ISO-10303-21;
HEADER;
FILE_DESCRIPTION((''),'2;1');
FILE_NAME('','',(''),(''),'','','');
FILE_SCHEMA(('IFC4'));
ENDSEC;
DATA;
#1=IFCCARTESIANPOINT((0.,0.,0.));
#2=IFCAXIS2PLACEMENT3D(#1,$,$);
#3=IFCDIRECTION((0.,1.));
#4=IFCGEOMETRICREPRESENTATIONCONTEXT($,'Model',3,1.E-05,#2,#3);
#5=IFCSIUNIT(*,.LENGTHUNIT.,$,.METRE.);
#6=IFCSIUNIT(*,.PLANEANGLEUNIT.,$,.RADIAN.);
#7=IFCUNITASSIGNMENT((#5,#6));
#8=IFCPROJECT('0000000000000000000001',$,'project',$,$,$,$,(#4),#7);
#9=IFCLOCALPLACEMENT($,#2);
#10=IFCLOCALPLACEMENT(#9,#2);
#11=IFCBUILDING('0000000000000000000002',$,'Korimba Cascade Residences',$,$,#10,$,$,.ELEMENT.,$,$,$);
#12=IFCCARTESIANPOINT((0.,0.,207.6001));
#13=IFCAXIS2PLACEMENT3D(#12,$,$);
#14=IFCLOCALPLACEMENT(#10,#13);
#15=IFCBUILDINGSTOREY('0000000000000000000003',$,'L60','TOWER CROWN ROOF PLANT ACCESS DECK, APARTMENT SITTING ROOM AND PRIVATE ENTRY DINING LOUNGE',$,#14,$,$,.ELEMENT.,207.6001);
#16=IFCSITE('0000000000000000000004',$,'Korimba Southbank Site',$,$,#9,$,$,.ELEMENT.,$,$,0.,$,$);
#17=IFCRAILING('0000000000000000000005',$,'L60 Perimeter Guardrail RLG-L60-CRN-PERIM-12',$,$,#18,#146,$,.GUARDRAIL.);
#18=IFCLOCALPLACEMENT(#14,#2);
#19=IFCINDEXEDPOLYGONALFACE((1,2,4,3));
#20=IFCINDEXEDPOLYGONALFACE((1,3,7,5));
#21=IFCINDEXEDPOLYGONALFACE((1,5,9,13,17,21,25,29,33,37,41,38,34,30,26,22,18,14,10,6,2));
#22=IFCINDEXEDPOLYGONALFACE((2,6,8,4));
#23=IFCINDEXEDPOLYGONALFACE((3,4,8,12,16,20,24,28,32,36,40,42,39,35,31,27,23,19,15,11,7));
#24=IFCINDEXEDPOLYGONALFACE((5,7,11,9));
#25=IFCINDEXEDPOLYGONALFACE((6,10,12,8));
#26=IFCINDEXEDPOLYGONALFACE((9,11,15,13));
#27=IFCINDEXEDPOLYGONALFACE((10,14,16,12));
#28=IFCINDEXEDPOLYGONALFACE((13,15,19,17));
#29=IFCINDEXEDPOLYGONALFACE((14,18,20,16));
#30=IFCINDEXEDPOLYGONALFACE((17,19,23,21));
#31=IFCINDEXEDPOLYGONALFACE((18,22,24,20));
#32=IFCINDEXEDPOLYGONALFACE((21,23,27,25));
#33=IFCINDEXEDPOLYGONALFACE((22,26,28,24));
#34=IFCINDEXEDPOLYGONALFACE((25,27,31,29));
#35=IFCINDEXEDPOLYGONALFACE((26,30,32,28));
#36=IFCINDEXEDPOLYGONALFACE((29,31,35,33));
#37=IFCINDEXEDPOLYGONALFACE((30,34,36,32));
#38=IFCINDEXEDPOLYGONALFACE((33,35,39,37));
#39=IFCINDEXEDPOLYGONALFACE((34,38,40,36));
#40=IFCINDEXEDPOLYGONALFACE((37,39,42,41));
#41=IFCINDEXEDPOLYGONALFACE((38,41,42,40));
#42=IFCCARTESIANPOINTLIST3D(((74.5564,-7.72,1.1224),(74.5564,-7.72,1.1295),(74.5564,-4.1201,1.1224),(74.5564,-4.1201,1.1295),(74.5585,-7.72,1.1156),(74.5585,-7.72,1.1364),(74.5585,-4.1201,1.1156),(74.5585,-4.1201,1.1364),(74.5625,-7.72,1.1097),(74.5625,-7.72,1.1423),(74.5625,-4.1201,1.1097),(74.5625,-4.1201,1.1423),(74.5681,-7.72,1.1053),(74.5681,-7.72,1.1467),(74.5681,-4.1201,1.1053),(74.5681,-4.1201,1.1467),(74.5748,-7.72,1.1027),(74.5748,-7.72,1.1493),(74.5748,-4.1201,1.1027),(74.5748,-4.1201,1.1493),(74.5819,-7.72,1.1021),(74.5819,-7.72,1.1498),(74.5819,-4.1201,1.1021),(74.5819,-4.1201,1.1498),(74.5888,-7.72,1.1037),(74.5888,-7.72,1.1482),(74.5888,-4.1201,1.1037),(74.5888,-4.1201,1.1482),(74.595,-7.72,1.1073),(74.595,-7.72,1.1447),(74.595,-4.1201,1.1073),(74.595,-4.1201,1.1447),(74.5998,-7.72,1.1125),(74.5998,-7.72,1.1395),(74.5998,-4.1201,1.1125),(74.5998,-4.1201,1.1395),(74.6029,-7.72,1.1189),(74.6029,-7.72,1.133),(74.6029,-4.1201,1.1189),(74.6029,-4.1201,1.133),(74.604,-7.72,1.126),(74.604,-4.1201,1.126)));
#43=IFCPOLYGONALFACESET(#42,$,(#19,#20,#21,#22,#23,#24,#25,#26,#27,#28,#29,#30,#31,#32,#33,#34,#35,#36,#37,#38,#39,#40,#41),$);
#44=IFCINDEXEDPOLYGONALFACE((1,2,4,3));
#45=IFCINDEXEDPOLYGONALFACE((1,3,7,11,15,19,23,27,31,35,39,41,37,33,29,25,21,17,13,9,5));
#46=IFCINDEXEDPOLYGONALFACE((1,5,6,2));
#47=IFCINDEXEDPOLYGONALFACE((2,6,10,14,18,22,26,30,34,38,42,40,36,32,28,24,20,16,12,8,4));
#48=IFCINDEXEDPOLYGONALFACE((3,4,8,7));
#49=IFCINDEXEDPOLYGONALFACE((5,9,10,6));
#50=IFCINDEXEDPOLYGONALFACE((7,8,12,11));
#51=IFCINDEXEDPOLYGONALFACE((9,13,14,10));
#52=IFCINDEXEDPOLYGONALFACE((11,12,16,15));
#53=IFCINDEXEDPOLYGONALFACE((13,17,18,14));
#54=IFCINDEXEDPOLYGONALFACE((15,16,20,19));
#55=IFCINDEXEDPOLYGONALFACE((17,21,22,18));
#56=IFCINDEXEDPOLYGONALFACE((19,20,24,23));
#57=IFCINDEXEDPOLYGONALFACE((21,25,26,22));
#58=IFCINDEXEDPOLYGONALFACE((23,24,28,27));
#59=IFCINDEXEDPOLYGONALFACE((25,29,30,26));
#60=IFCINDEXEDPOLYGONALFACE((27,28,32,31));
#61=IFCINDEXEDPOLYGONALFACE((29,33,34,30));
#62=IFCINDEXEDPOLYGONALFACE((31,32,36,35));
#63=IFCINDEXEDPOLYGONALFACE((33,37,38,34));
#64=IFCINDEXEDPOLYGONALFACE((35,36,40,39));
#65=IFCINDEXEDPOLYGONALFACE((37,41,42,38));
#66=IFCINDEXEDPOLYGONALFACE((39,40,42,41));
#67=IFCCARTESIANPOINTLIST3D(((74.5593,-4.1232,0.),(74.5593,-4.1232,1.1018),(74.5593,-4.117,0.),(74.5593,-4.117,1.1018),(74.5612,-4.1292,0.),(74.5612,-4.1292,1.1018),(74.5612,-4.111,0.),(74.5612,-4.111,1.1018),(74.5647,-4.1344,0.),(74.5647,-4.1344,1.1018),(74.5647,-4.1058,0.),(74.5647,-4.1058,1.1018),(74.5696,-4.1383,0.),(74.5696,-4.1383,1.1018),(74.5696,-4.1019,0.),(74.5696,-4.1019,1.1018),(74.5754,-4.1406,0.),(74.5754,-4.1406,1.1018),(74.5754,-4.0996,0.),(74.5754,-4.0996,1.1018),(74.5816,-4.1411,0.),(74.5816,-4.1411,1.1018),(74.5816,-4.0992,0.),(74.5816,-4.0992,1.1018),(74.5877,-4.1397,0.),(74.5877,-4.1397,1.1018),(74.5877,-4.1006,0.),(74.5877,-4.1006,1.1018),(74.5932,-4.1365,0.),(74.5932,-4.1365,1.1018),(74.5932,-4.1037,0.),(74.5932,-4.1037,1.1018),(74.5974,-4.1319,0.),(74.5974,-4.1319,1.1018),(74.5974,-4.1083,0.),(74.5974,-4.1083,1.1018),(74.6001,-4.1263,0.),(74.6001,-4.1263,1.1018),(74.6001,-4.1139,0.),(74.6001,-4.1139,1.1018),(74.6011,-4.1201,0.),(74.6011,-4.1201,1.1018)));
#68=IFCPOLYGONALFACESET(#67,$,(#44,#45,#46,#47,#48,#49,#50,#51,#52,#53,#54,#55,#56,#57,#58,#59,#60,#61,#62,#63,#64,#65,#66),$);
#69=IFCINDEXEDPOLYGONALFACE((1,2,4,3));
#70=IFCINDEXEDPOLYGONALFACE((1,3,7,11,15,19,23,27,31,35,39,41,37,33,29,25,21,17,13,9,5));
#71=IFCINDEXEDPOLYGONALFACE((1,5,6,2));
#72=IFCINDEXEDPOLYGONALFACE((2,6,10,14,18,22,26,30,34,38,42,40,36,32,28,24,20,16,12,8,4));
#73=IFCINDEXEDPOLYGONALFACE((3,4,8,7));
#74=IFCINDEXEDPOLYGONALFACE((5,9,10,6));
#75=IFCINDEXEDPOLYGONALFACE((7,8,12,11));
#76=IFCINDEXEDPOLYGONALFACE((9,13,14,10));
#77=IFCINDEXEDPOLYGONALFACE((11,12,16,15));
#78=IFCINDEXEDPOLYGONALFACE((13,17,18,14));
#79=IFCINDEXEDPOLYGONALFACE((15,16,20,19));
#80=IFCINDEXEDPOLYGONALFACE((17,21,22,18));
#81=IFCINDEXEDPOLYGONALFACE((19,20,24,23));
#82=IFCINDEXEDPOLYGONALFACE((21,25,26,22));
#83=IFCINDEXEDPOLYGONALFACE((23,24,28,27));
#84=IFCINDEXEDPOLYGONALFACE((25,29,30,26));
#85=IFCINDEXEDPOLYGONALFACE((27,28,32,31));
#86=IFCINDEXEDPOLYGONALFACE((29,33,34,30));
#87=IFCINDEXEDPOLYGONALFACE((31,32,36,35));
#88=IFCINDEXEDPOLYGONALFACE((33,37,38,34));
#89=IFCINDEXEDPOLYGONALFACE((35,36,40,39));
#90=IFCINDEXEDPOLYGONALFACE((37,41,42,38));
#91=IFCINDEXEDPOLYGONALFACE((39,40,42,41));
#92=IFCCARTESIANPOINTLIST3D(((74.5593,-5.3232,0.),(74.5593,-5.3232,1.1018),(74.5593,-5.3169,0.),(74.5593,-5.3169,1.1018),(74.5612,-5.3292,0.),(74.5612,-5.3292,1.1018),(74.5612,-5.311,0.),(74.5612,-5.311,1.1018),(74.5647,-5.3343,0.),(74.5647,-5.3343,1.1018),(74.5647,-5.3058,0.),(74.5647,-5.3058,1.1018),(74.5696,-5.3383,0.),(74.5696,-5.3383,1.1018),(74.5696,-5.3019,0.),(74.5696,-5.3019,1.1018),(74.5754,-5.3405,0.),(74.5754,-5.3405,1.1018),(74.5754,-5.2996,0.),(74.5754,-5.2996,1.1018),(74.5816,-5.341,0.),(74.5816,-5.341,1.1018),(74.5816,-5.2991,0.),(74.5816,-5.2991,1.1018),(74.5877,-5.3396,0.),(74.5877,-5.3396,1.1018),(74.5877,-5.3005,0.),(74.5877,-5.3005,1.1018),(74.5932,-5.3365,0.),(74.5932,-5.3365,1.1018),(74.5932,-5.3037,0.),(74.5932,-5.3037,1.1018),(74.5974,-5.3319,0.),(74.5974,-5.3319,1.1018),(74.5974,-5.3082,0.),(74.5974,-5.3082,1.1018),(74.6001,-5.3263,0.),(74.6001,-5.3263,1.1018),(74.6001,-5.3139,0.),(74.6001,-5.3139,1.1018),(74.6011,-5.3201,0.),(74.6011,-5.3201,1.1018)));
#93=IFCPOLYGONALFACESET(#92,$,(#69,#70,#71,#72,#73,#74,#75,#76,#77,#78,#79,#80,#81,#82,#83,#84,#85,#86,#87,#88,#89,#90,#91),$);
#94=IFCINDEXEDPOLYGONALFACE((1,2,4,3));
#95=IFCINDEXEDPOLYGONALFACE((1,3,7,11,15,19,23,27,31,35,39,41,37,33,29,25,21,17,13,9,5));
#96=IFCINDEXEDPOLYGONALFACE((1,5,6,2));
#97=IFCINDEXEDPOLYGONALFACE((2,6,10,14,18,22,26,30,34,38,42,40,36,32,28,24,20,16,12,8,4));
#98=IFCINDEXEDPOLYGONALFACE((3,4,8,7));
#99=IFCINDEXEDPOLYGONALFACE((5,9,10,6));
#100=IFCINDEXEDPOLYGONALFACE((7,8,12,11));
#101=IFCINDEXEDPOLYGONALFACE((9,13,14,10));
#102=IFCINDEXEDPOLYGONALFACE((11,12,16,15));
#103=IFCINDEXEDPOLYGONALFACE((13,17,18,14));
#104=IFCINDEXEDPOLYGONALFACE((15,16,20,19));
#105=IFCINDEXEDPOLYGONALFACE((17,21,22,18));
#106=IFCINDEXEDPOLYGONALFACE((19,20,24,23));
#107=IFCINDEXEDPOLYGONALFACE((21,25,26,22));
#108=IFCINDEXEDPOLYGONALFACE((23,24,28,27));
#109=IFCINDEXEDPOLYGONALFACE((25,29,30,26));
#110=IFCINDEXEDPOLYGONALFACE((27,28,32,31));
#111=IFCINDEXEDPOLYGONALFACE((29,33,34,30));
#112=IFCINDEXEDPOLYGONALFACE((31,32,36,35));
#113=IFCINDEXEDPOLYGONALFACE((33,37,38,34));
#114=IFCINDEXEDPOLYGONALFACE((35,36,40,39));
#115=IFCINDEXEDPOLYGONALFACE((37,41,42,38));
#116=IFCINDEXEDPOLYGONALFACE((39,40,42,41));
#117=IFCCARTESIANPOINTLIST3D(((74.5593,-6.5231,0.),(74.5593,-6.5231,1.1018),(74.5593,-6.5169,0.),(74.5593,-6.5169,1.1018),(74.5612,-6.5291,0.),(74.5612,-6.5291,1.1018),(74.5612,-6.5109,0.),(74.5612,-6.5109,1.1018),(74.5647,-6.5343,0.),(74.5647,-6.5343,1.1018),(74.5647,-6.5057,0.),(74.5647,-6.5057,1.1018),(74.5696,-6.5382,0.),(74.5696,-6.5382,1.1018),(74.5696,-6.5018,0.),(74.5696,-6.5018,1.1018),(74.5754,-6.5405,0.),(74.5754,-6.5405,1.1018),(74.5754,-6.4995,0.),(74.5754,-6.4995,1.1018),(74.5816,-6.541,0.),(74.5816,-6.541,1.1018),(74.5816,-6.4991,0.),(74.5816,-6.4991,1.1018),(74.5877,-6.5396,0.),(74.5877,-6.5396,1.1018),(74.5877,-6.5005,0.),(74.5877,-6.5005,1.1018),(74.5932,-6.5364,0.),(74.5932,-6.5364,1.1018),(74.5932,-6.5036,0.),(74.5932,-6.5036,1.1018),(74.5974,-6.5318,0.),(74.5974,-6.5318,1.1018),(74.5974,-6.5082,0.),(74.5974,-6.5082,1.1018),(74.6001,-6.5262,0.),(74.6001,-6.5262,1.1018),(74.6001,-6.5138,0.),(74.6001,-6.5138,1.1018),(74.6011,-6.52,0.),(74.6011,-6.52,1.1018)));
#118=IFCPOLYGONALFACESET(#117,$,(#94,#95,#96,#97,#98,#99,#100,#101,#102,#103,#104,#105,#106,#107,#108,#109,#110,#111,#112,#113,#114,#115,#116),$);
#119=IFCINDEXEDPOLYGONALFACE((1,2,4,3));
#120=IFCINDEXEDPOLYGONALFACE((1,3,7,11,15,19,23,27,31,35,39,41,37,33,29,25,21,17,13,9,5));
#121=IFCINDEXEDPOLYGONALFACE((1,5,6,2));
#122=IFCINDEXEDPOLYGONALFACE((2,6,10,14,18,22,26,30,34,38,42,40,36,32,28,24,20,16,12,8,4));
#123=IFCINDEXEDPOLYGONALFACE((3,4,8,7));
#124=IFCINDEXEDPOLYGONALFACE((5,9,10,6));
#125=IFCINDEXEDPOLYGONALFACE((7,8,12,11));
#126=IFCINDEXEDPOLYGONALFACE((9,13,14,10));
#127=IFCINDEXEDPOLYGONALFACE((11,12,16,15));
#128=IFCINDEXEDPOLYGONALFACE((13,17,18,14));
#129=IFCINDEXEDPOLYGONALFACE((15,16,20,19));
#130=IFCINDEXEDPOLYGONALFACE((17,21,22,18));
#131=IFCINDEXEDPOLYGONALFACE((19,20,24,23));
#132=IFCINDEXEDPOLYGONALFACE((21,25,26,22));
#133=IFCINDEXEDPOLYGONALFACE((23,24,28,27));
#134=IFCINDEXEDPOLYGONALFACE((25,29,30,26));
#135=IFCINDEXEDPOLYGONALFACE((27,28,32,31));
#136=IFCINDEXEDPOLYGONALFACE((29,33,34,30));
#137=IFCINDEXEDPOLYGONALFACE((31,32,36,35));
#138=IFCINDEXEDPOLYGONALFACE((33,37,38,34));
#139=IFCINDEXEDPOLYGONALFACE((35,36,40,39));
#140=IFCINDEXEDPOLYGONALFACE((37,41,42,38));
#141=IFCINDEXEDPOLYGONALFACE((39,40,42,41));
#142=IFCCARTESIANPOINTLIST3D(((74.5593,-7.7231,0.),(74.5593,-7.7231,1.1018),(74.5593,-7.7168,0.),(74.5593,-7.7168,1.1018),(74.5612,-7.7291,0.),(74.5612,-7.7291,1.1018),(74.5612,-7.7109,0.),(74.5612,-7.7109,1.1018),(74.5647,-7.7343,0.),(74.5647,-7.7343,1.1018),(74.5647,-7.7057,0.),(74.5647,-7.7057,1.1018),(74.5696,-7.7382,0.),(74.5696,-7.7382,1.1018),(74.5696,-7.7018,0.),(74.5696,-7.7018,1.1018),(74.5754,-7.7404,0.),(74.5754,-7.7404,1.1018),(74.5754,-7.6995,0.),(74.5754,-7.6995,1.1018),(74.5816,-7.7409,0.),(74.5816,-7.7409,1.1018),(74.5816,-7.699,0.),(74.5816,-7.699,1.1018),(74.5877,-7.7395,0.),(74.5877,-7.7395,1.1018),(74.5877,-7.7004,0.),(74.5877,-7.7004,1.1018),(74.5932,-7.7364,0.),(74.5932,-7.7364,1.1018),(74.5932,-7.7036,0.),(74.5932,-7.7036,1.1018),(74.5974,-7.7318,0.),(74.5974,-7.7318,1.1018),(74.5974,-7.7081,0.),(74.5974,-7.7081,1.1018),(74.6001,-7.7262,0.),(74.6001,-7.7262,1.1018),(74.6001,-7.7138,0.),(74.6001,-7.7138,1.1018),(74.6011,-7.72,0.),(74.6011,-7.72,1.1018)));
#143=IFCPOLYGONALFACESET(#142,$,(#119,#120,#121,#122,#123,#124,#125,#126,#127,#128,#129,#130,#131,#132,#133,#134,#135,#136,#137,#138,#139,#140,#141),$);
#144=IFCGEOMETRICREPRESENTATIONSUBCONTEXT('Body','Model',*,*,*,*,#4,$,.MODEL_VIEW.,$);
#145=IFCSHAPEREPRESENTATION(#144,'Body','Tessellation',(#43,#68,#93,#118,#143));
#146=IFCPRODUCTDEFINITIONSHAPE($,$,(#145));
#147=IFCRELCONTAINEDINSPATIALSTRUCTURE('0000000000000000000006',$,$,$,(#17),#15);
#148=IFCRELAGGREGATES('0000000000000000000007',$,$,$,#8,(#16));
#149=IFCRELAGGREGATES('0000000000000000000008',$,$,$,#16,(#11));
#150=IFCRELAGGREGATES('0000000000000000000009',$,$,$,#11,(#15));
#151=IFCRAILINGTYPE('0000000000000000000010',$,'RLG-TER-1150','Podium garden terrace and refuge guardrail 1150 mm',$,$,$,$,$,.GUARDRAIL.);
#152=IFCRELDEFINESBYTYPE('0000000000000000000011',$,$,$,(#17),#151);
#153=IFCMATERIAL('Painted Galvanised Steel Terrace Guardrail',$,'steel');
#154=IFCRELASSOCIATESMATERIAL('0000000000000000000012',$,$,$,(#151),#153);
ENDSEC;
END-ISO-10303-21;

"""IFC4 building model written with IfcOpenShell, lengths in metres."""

from ifc_helpers import new_model, si_unit, direction, frame, origin, origin_2d, place, context, subcontext, project, spatial, circle, extrude, material, type_object, element, save


model = new_model("IFC4")

# Units and contexts
model_context = context("Model", 3, precision=1e-05, world=origin(), true_north=direction((0.0, 1.0)))
body_context = subcontext(model_context, "Body", "Model", "MODEL_VIEW")
ifc_project = project(units=[si_unit("LENGTHUNIT", "METRE"), si_unit("PLANEANGLEUNIT", "RADIAN")], contexts=[model_context])

# Site, building, storey
site_placement = place(None, origin())
site = spatial("IfcSite", under=ifc_project, at=site_placement, Name="Korimba Southbank Site", CompositionType="ELEMENT", RefElevation=0.0)
building_placement = place(site_placement, origin())
building = spatial("IfcBuilding", under=site, at=building_placement, Name="Korimba Cascade Residences", CompositionType="ELEMENT")
storey_placement = place(building_placement, frame((0.0, 0.0, 207.6001)))
storey = spatial("IfcBuildingStorey", under=building, at=storey_placement, Name="L60", Description="TOWER CROWN ROOF PLANT ACCESS DECK, APARTMENT SITTING ROOM AND PRIVATE ENTRY DINING LOUNGE", CompositionType="ELEMENT", Elevation=207.6001)

# Railing
ifc_material_1 = material(Name="Painted Galvanised Steel Terrace Guardrail", Category="steel")
railing_type = type_object("IfcRailingType", Name="RLG-TER-1150", Description="Podium garden terrace and refuge guardrail 1150 mm", PredefinedType="GUARDRAIL", material=ifc_material_1)
railing_1_placement = place(storey_placement, frame((74.5801, -4.1201, 0.0)))
element("IfcRailing", 1, at=railing_1_placement, inside=storey, type_object=railing_type, Name="L60 Perimeter Guardrail RLG-L60-CRN-PERIM-12", PredefinedType="GUARDRAIL", context=body_context, shape_type="SweptSolid", body=[
    extrude(circle(Radius=0.0239, at=origin_2d()), frame((0.0, 0.0, 1.126), z_axis=(0.0, -1.0, 0.0), x_axis=(1.0, 0.0, 0.0)), (0.0, 0.0, 1.0), 3.5999),
    extrude(circle(Radius=0.021, at=origin_2d()), origin(), (0.0, 0.0, 1.0), 1.1018),
    extrude(circle(Radius=0.021, at=origin_2d()), frame((0.0, -1.2, 0.0)), (0.0, 0.0, 1.0), 1.1018),
    extrude(circle(Radius=0.021, at=origin_2d()), frame((0.0, -2.3999, 0.0)), (0.0, 0.0, 1.0), 1.1018),
    extrude(circle(Radius=0.021, at=origin_2d()), frame((0.0, -3.5999, 0.0)), (0.0, 0.0, 1.0), 1.1018),
])

save(model, "model.ifc")
